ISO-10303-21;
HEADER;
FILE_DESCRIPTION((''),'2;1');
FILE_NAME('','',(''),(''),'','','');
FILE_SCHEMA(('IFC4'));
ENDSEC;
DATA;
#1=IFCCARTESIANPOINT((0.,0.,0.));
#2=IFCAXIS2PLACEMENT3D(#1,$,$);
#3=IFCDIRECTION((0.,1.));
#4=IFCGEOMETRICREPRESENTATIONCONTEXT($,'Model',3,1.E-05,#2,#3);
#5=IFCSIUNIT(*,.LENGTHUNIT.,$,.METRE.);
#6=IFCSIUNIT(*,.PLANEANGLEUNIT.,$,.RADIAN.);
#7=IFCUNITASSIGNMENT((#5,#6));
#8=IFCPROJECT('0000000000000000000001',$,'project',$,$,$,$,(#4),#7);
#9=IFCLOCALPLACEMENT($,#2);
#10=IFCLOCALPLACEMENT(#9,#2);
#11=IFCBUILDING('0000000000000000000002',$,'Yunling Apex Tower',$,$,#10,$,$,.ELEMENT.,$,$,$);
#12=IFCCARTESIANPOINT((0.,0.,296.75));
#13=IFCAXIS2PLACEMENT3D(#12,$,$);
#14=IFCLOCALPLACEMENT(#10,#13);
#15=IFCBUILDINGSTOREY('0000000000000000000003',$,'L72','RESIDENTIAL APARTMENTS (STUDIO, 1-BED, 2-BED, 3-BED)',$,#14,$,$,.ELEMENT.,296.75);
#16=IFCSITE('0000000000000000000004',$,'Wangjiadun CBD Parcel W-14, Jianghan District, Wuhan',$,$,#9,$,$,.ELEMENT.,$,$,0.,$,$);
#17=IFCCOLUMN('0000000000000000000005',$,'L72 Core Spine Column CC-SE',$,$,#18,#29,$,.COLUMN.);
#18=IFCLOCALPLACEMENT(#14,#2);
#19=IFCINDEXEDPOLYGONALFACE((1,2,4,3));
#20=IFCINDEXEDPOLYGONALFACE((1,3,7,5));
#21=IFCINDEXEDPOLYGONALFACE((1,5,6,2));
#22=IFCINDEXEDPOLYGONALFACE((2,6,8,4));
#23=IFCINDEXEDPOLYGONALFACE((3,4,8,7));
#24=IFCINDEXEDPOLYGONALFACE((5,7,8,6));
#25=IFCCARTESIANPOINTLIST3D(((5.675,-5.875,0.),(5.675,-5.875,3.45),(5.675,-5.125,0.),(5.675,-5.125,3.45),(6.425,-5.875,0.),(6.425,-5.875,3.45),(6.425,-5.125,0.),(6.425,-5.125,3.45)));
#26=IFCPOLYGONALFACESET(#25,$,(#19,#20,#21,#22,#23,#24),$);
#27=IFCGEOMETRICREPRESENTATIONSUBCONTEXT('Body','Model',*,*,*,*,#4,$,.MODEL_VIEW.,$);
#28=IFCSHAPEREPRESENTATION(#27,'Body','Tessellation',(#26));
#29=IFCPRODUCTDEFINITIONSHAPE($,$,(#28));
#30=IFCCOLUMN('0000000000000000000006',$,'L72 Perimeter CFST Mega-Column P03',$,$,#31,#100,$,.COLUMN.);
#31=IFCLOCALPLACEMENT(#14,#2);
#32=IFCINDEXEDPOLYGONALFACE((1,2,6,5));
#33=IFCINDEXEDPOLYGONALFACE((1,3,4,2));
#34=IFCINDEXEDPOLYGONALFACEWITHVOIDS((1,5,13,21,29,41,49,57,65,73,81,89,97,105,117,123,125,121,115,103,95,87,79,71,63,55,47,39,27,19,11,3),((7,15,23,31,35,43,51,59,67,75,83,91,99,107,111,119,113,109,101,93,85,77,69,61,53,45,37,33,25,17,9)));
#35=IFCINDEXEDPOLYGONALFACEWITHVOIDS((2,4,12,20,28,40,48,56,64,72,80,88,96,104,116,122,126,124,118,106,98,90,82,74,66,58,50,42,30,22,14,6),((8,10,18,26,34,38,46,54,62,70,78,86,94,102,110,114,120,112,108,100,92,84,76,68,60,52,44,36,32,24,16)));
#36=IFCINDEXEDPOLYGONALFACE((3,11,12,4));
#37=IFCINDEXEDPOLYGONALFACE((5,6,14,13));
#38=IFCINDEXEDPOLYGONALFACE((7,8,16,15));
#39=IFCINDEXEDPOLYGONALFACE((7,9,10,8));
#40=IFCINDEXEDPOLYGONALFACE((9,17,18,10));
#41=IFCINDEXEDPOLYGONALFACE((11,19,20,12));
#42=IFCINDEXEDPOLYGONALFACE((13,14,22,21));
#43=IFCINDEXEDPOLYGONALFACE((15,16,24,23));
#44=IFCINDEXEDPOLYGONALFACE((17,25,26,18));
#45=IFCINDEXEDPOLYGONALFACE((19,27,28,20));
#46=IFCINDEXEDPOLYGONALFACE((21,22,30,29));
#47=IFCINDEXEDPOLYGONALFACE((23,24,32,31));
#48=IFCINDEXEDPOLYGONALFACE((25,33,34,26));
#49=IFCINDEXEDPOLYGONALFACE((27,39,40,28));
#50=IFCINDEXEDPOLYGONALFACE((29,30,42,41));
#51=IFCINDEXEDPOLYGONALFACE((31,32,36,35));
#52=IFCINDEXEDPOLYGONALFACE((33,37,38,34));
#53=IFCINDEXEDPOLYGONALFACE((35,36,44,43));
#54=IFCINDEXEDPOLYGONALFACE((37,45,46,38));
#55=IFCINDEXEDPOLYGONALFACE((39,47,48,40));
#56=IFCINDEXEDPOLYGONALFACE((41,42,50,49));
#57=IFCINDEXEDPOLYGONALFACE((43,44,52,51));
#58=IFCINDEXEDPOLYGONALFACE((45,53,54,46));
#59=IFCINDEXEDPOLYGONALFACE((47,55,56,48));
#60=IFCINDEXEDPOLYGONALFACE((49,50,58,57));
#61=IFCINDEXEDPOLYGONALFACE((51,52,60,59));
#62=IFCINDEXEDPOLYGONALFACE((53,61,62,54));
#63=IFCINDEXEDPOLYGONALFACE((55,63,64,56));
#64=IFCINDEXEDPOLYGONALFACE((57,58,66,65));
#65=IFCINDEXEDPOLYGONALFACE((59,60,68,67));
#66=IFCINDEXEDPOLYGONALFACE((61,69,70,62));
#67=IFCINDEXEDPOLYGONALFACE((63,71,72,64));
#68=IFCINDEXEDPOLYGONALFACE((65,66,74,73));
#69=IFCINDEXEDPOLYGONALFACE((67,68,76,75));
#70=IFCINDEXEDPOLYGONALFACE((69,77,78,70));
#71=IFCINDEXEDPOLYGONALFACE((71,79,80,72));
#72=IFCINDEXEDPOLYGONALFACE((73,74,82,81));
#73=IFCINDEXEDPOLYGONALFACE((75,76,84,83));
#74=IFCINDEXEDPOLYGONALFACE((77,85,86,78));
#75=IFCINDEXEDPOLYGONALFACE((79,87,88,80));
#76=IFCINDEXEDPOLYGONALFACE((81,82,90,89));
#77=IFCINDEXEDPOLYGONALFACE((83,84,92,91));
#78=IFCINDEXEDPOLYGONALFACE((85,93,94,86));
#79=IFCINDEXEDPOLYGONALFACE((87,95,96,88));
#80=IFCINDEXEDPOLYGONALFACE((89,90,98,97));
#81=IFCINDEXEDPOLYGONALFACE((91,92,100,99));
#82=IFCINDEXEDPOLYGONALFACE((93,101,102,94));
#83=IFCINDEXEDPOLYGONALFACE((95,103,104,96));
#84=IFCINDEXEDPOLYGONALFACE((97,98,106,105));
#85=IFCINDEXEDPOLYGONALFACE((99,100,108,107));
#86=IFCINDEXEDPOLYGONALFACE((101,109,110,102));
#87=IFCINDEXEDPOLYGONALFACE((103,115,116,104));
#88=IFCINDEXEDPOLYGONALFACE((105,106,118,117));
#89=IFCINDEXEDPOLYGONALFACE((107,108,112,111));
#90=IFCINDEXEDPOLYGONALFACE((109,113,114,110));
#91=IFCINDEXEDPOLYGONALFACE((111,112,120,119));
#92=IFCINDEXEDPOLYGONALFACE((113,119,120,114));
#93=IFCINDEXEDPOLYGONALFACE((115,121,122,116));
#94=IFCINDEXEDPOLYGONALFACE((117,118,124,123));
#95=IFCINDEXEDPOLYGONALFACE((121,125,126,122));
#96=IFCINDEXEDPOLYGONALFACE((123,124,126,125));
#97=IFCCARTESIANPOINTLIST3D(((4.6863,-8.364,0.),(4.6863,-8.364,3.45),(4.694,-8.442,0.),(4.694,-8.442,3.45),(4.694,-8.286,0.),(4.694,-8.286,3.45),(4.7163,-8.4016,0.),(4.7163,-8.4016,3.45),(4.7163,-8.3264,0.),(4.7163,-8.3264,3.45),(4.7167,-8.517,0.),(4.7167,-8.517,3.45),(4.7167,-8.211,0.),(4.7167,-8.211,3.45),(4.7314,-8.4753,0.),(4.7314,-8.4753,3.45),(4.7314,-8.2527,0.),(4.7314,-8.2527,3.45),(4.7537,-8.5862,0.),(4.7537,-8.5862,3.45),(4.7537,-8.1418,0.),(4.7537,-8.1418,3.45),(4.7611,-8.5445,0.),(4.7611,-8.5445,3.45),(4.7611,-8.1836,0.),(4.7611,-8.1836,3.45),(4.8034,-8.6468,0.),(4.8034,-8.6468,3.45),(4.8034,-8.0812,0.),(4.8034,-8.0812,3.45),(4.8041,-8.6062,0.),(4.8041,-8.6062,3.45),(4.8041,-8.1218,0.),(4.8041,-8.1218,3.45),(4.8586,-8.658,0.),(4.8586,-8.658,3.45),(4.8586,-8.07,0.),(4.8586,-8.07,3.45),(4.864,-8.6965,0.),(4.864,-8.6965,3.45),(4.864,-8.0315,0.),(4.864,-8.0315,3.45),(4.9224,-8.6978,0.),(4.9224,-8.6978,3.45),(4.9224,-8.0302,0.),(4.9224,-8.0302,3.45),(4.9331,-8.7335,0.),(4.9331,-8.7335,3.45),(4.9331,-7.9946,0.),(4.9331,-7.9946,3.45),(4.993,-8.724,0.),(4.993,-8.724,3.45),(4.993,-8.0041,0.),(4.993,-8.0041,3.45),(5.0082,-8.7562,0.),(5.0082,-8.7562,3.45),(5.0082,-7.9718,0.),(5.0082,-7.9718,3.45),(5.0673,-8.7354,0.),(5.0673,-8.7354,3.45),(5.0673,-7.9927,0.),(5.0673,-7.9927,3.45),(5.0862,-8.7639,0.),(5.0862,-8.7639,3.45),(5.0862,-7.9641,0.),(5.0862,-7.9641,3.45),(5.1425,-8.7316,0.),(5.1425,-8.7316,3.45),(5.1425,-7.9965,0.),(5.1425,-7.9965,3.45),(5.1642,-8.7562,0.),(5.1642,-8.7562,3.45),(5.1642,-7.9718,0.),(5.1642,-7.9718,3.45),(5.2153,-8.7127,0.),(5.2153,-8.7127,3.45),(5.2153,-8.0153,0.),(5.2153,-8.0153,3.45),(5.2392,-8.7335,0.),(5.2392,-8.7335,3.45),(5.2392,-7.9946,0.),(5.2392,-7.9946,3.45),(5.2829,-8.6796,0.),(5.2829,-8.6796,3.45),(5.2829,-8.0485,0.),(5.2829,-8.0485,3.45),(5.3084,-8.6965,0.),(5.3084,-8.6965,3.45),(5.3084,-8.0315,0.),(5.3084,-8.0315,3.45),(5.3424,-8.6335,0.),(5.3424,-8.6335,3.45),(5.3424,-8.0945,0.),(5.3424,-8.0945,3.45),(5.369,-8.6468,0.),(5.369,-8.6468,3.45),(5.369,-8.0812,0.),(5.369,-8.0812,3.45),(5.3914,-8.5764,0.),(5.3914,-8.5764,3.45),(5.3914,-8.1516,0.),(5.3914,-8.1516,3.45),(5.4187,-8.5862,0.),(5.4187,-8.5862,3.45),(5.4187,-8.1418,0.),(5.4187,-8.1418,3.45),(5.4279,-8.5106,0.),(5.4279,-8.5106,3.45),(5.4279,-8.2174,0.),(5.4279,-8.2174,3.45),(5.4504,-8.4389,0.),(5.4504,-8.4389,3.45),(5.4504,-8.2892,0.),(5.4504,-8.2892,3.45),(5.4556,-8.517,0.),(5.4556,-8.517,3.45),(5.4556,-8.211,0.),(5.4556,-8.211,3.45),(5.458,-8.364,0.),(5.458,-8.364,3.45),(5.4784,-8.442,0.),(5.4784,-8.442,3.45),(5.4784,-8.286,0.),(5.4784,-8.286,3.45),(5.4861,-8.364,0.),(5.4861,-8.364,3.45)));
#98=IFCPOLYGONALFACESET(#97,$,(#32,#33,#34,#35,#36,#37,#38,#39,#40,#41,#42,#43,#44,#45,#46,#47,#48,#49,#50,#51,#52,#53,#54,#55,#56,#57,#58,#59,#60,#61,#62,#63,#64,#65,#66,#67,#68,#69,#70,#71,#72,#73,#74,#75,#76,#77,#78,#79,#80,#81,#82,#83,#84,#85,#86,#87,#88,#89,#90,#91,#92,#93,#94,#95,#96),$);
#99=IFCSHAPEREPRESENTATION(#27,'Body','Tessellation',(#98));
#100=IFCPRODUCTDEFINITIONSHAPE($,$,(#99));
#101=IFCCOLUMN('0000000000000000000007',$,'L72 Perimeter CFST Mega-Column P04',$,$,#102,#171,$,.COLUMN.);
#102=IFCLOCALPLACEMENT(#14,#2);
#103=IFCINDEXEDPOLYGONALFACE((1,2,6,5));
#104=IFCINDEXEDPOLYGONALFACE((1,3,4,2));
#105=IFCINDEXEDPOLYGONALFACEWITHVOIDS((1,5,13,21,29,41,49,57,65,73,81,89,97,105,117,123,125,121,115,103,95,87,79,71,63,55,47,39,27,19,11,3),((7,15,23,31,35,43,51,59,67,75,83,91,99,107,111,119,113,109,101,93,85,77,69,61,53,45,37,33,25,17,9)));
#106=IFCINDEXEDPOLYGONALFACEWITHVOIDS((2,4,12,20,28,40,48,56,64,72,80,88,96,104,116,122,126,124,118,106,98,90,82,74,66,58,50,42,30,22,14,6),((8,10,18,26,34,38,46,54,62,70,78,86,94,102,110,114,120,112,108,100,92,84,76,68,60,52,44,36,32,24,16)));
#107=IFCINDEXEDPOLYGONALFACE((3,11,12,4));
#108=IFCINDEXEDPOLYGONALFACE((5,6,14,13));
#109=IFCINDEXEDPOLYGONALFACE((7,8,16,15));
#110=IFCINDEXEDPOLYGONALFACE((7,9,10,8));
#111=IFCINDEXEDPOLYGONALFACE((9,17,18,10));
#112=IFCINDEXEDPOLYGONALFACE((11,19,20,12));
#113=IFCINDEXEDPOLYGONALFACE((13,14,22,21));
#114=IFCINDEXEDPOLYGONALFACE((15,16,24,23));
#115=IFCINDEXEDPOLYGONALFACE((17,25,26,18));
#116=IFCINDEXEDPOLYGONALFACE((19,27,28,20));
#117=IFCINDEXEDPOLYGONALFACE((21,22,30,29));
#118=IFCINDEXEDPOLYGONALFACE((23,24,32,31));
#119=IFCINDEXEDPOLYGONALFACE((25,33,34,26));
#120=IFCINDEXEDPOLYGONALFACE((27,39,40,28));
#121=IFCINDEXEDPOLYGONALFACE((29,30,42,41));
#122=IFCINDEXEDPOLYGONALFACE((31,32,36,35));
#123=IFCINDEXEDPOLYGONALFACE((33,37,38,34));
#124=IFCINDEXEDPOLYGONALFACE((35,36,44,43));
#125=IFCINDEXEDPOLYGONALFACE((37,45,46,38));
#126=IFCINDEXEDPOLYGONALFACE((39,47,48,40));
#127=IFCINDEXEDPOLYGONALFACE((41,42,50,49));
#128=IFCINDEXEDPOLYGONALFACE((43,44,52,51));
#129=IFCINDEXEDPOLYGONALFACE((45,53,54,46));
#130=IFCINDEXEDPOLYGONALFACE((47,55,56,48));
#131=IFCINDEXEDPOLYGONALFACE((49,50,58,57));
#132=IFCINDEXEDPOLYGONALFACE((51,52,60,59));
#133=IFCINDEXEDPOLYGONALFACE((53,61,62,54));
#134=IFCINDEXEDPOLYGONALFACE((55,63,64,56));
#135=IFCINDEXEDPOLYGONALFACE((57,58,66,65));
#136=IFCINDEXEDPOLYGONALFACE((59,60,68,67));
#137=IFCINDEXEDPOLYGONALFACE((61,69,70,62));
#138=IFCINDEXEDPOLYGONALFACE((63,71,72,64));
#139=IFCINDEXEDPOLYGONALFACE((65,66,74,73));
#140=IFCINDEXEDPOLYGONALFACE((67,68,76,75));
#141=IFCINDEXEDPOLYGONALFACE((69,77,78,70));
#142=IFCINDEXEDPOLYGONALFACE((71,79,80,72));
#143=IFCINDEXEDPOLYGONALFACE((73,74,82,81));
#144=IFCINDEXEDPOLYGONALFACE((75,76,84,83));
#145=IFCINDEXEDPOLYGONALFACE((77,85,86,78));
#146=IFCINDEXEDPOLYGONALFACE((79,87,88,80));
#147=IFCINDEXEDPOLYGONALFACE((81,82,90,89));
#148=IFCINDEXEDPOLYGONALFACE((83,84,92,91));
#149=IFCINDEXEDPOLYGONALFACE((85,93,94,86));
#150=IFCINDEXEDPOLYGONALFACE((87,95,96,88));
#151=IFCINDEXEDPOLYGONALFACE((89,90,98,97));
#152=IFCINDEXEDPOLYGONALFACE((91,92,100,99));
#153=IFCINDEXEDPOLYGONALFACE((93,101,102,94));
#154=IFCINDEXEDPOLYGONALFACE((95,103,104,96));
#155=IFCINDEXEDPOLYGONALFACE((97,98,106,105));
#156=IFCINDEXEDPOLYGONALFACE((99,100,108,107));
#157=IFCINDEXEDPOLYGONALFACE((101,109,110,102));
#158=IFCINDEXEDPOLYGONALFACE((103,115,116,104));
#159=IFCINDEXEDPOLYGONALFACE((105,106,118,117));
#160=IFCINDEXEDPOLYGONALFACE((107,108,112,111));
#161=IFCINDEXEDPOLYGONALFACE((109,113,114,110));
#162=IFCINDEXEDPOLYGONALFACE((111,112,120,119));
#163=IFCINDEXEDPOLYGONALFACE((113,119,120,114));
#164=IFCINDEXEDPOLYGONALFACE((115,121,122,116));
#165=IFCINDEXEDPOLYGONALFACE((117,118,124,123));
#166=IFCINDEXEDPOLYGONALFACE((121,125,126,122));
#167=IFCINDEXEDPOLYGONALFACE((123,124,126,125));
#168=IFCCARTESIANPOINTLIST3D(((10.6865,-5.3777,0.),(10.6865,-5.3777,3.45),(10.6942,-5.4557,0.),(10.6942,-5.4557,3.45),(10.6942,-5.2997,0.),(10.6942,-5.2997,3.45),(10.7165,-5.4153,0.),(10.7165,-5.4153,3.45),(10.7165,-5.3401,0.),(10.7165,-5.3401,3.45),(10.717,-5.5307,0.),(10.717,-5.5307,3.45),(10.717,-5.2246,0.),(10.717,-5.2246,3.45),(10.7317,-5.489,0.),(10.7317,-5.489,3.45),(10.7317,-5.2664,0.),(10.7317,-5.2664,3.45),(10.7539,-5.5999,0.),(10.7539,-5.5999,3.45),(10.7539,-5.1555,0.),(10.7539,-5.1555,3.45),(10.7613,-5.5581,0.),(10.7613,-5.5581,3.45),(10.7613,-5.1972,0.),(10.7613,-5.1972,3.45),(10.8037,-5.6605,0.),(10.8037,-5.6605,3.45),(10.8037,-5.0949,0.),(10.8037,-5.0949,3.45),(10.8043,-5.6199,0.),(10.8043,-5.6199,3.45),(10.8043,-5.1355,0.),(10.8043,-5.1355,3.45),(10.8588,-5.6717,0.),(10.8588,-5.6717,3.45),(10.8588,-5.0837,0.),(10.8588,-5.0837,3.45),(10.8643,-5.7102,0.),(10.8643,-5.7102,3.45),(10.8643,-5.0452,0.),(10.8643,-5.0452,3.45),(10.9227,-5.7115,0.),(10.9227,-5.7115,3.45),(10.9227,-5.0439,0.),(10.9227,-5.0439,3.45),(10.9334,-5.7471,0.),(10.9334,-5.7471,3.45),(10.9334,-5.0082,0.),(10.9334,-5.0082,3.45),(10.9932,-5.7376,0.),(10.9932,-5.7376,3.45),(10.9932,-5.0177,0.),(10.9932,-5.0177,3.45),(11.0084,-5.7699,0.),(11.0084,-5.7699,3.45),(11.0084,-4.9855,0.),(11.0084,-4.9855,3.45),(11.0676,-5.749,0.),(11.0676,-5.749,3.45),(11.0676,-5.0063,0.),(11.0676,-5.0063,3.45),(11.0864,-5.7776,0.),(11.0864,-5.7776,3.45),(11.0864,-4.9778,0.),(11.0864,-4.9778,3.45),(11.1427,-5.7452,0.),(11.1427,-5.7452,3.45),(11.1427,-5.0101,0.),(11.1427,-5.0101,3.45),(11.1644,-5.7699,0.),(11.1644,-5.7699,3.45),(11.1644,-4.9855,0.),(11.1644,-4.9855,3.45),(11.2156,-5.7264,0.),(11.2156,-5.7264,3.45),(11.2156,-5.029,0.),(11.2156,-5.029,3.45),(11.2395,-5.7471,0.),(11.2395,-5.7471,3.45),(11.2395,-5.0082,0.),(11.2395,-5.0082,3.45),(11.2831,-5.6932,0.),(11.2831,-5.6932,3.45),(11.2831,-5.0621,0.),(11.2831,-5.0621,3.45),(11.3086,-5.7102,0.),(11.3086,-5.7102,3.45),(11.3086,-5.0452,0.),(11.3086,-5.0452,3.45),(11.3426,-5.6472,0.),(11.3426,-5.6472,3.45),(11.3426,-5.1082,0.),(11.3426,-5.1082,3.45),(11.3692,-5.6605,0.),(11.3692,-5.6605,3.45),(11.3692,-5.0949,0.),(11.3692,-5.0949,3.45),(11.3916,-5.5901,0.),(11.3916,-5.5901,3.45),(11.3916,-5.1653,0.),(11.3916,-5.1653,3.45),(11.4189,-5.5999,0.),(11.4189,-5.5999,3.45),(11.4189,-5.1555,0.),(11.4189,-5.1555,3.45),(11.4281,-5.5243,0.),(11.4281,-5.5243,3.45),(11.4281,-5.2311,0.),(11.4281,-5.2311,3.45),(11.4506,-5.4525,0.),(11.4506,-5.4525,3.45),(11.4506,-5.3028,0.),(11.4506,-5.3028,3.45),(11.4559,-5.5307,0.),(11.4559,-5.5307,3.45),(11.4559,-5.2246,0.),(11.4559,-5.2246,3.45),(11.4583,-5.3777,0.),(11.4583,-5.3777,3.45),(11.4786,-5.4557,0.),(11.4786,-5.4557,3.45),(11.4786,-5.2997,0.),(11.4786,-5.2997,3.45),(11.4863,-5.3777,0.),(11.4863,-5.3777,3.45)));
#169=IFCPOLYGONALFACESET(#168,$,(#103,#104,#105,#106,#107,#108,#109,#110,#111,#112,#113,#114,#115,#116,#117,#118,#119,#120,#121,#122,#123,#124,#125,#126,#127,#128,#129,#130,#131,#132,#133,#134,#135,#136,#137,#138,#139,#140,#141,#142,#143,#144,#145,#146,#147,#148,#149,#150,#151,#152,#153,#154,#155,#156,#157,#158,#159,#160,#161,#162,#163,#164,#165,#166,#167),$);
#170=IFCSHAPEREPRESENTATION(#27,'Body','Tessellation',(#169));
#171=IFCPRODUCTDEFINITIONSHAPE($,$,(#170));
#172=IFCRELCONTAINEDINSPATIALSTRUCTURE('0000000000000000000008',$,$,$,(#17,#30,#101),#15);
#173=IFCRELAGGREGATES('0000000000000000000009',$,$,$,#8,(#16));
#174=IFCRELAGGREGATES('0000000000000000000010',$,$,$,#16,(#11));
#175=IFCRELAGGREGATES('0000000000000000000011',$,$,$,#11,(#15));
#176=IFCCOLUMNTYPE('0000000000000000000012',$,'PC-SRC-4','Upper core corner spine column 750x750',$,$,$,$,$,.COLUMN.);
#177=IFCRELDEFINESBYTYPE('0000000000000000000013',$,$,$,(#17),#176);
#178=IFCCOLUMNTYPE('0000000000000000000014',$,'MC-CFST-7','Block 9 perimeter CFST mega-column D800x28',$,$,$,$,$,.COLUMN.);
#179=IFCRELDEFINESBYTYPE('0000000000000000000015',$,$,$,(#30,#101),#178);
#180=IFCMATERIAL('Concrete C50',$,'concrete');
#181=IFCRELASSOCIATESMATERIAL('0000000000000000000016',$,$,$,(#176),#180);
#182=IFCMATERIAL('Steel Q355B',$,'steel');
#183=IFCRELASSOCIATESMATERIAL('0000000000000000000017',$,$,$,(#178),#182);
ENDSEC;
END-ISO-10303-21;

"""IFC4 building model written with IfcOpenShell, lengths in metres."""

from ifc_helpers import new_model, si_unit, direction, frame, origin, origin_2d, place, context, subcontext, project, spatial, rectangle, hollow_circle, extrude, source, transform, mapped, material, material_profile, profile_set, type_object, element, save


model = new_model("IFC4")

# Units and contexts
model_context = context("Model", 3, precision=1e-05, world=origin(), true_north=direction((0.0, 1.0)))
body_context = subcontext(model_context, "Body", "Model", "MODEL_VIEW")
ifc_project = project(units=[si_unit("LENGTHUNIT", "METRE"), si_unit("PLANEANGLEUNIT", "RADIAN")], contexts=[model_context])

# Site, building, storey
site_placement = place(None, origin())
site = spatial("IfcSite", under=ifc_project, at=site_placement, Name="Wangjiadun CBD Parcel W-14, Jianghan District, Wuhan", CompositionType="ELEMENT", RefElevation=0.0)
building_placement = place(site_placement, origin())
building = spatial("IfcBuilding", under=site, at=building_placement, Name="Yunling Apex Tower", CompositionType="ELEMENT")
storey_placement = place(building_placement, frame((0.0, 0.0, 296.75)))
storey = spatial("IfcBuildingStorey", under=building, at=storey_placement, Name="L72", Description="RESIDENTIAL APARTMENTS (STUDIO, 1-BED, 2-BED, 3-BED)", CompositionType="ELEMENT", Elevation=296.75)

# Columns
ifc_material_1 = material(Name="Concrete C50", Category="concrete")
ifc_material_profile_1 = material_profile(ifc_material_1, rectangle(XDim=0.75, YDim=0.75, at=origin_2d()))
ifc_profile_set_1 = profile_set([ifc_material_profile_1], Name="Concrete C50")
column_type_1 = type_object("IfcColumnType", Name="PC-SRC-4", Description="Upper core corner spine column 750x750", PredefinedType="COLUMN", material=ifc_profile_set_1)
shared_shape_1 = source(origin(), body_context, "Body", "SweptSolid", [
    extrude(rectangle(XDim=0.75, YDim=0.75, at=origin_2d()), origin(), (0.0, 0.0, 1.0), 3.45),
])
column_placement = place(storey_placement, frame((6.05, -5.5, 0.0), z_axis=(0.0, 0.0, 1.0), x_axis=(1.0, 0.0, 0.0)))
element("IfcColumn", 1, at=column_placement, inside=storey, type_object=column_type_1, Name="L72 Core Spine Column CC-SE", PredefinedType="COLUMN", context=body_context, shape_type="MappedRepresentation", body=[
    mapped(shared_shape_1, transform((0.0, 0.0, 0.0), scale=1.0)),
])
ifc_material_2 = material(Name="Steel Q355B", Category="steel")
ifc_material_profile_2 = material_profile(ifc_material_2, hollow_circle(Radius=0.3999, WallThickness=0.0281, at=origin_2d()))
ifc_profile_set_2 = profile_set([ifc_material_profile_2], Name="Steel Q355B")
column_type_2 = type_object("IfcColumnType", Name="MC-CFST-7", Description="Block 9 perimeter CFST mega-column D800x28", PredefinedType="COLUMN", material=ifc_profile_set_2)
shared_shape_2 = source(origin(), body_context, "Body", "SweptSolid", [
    extrude(hollow_circle(Radius=0.3999, WallThickness=0.0281, at=origin_2d()), origin(), (0.0, 0.0, 1.0), 3.45),
])
for number, where, z_axis, x_axis, name in (
    (2, (5.0862, -8.364, 0.0), (0.0, 0.0, 1.0), (1.0, 0.0, 0.0), "L72 Perimeter CFST Mega-Column P03"),
    (3, (11.0864, -5.3777, 0.0), (0.0, 0.0, 1.0), (1.0, 0.0, 0.0), "L72 Perimeter CFST Mega-Column P04"),
):
    element("IfcColumn", number, at=place(storey_placement, frame(where, z_axis=z_axis, x_axis=x_axis)), inside=storey, type_object=column_type_2, Name=name, PredefinedType="COLUMN", context=body_context, shape_type="MappedRepresentation", body=[
        mapped(shared_shape_2, transform((0.0, 0.0, 0.0), scale=1.0)),
    ])

save(model, "model.ifc")
